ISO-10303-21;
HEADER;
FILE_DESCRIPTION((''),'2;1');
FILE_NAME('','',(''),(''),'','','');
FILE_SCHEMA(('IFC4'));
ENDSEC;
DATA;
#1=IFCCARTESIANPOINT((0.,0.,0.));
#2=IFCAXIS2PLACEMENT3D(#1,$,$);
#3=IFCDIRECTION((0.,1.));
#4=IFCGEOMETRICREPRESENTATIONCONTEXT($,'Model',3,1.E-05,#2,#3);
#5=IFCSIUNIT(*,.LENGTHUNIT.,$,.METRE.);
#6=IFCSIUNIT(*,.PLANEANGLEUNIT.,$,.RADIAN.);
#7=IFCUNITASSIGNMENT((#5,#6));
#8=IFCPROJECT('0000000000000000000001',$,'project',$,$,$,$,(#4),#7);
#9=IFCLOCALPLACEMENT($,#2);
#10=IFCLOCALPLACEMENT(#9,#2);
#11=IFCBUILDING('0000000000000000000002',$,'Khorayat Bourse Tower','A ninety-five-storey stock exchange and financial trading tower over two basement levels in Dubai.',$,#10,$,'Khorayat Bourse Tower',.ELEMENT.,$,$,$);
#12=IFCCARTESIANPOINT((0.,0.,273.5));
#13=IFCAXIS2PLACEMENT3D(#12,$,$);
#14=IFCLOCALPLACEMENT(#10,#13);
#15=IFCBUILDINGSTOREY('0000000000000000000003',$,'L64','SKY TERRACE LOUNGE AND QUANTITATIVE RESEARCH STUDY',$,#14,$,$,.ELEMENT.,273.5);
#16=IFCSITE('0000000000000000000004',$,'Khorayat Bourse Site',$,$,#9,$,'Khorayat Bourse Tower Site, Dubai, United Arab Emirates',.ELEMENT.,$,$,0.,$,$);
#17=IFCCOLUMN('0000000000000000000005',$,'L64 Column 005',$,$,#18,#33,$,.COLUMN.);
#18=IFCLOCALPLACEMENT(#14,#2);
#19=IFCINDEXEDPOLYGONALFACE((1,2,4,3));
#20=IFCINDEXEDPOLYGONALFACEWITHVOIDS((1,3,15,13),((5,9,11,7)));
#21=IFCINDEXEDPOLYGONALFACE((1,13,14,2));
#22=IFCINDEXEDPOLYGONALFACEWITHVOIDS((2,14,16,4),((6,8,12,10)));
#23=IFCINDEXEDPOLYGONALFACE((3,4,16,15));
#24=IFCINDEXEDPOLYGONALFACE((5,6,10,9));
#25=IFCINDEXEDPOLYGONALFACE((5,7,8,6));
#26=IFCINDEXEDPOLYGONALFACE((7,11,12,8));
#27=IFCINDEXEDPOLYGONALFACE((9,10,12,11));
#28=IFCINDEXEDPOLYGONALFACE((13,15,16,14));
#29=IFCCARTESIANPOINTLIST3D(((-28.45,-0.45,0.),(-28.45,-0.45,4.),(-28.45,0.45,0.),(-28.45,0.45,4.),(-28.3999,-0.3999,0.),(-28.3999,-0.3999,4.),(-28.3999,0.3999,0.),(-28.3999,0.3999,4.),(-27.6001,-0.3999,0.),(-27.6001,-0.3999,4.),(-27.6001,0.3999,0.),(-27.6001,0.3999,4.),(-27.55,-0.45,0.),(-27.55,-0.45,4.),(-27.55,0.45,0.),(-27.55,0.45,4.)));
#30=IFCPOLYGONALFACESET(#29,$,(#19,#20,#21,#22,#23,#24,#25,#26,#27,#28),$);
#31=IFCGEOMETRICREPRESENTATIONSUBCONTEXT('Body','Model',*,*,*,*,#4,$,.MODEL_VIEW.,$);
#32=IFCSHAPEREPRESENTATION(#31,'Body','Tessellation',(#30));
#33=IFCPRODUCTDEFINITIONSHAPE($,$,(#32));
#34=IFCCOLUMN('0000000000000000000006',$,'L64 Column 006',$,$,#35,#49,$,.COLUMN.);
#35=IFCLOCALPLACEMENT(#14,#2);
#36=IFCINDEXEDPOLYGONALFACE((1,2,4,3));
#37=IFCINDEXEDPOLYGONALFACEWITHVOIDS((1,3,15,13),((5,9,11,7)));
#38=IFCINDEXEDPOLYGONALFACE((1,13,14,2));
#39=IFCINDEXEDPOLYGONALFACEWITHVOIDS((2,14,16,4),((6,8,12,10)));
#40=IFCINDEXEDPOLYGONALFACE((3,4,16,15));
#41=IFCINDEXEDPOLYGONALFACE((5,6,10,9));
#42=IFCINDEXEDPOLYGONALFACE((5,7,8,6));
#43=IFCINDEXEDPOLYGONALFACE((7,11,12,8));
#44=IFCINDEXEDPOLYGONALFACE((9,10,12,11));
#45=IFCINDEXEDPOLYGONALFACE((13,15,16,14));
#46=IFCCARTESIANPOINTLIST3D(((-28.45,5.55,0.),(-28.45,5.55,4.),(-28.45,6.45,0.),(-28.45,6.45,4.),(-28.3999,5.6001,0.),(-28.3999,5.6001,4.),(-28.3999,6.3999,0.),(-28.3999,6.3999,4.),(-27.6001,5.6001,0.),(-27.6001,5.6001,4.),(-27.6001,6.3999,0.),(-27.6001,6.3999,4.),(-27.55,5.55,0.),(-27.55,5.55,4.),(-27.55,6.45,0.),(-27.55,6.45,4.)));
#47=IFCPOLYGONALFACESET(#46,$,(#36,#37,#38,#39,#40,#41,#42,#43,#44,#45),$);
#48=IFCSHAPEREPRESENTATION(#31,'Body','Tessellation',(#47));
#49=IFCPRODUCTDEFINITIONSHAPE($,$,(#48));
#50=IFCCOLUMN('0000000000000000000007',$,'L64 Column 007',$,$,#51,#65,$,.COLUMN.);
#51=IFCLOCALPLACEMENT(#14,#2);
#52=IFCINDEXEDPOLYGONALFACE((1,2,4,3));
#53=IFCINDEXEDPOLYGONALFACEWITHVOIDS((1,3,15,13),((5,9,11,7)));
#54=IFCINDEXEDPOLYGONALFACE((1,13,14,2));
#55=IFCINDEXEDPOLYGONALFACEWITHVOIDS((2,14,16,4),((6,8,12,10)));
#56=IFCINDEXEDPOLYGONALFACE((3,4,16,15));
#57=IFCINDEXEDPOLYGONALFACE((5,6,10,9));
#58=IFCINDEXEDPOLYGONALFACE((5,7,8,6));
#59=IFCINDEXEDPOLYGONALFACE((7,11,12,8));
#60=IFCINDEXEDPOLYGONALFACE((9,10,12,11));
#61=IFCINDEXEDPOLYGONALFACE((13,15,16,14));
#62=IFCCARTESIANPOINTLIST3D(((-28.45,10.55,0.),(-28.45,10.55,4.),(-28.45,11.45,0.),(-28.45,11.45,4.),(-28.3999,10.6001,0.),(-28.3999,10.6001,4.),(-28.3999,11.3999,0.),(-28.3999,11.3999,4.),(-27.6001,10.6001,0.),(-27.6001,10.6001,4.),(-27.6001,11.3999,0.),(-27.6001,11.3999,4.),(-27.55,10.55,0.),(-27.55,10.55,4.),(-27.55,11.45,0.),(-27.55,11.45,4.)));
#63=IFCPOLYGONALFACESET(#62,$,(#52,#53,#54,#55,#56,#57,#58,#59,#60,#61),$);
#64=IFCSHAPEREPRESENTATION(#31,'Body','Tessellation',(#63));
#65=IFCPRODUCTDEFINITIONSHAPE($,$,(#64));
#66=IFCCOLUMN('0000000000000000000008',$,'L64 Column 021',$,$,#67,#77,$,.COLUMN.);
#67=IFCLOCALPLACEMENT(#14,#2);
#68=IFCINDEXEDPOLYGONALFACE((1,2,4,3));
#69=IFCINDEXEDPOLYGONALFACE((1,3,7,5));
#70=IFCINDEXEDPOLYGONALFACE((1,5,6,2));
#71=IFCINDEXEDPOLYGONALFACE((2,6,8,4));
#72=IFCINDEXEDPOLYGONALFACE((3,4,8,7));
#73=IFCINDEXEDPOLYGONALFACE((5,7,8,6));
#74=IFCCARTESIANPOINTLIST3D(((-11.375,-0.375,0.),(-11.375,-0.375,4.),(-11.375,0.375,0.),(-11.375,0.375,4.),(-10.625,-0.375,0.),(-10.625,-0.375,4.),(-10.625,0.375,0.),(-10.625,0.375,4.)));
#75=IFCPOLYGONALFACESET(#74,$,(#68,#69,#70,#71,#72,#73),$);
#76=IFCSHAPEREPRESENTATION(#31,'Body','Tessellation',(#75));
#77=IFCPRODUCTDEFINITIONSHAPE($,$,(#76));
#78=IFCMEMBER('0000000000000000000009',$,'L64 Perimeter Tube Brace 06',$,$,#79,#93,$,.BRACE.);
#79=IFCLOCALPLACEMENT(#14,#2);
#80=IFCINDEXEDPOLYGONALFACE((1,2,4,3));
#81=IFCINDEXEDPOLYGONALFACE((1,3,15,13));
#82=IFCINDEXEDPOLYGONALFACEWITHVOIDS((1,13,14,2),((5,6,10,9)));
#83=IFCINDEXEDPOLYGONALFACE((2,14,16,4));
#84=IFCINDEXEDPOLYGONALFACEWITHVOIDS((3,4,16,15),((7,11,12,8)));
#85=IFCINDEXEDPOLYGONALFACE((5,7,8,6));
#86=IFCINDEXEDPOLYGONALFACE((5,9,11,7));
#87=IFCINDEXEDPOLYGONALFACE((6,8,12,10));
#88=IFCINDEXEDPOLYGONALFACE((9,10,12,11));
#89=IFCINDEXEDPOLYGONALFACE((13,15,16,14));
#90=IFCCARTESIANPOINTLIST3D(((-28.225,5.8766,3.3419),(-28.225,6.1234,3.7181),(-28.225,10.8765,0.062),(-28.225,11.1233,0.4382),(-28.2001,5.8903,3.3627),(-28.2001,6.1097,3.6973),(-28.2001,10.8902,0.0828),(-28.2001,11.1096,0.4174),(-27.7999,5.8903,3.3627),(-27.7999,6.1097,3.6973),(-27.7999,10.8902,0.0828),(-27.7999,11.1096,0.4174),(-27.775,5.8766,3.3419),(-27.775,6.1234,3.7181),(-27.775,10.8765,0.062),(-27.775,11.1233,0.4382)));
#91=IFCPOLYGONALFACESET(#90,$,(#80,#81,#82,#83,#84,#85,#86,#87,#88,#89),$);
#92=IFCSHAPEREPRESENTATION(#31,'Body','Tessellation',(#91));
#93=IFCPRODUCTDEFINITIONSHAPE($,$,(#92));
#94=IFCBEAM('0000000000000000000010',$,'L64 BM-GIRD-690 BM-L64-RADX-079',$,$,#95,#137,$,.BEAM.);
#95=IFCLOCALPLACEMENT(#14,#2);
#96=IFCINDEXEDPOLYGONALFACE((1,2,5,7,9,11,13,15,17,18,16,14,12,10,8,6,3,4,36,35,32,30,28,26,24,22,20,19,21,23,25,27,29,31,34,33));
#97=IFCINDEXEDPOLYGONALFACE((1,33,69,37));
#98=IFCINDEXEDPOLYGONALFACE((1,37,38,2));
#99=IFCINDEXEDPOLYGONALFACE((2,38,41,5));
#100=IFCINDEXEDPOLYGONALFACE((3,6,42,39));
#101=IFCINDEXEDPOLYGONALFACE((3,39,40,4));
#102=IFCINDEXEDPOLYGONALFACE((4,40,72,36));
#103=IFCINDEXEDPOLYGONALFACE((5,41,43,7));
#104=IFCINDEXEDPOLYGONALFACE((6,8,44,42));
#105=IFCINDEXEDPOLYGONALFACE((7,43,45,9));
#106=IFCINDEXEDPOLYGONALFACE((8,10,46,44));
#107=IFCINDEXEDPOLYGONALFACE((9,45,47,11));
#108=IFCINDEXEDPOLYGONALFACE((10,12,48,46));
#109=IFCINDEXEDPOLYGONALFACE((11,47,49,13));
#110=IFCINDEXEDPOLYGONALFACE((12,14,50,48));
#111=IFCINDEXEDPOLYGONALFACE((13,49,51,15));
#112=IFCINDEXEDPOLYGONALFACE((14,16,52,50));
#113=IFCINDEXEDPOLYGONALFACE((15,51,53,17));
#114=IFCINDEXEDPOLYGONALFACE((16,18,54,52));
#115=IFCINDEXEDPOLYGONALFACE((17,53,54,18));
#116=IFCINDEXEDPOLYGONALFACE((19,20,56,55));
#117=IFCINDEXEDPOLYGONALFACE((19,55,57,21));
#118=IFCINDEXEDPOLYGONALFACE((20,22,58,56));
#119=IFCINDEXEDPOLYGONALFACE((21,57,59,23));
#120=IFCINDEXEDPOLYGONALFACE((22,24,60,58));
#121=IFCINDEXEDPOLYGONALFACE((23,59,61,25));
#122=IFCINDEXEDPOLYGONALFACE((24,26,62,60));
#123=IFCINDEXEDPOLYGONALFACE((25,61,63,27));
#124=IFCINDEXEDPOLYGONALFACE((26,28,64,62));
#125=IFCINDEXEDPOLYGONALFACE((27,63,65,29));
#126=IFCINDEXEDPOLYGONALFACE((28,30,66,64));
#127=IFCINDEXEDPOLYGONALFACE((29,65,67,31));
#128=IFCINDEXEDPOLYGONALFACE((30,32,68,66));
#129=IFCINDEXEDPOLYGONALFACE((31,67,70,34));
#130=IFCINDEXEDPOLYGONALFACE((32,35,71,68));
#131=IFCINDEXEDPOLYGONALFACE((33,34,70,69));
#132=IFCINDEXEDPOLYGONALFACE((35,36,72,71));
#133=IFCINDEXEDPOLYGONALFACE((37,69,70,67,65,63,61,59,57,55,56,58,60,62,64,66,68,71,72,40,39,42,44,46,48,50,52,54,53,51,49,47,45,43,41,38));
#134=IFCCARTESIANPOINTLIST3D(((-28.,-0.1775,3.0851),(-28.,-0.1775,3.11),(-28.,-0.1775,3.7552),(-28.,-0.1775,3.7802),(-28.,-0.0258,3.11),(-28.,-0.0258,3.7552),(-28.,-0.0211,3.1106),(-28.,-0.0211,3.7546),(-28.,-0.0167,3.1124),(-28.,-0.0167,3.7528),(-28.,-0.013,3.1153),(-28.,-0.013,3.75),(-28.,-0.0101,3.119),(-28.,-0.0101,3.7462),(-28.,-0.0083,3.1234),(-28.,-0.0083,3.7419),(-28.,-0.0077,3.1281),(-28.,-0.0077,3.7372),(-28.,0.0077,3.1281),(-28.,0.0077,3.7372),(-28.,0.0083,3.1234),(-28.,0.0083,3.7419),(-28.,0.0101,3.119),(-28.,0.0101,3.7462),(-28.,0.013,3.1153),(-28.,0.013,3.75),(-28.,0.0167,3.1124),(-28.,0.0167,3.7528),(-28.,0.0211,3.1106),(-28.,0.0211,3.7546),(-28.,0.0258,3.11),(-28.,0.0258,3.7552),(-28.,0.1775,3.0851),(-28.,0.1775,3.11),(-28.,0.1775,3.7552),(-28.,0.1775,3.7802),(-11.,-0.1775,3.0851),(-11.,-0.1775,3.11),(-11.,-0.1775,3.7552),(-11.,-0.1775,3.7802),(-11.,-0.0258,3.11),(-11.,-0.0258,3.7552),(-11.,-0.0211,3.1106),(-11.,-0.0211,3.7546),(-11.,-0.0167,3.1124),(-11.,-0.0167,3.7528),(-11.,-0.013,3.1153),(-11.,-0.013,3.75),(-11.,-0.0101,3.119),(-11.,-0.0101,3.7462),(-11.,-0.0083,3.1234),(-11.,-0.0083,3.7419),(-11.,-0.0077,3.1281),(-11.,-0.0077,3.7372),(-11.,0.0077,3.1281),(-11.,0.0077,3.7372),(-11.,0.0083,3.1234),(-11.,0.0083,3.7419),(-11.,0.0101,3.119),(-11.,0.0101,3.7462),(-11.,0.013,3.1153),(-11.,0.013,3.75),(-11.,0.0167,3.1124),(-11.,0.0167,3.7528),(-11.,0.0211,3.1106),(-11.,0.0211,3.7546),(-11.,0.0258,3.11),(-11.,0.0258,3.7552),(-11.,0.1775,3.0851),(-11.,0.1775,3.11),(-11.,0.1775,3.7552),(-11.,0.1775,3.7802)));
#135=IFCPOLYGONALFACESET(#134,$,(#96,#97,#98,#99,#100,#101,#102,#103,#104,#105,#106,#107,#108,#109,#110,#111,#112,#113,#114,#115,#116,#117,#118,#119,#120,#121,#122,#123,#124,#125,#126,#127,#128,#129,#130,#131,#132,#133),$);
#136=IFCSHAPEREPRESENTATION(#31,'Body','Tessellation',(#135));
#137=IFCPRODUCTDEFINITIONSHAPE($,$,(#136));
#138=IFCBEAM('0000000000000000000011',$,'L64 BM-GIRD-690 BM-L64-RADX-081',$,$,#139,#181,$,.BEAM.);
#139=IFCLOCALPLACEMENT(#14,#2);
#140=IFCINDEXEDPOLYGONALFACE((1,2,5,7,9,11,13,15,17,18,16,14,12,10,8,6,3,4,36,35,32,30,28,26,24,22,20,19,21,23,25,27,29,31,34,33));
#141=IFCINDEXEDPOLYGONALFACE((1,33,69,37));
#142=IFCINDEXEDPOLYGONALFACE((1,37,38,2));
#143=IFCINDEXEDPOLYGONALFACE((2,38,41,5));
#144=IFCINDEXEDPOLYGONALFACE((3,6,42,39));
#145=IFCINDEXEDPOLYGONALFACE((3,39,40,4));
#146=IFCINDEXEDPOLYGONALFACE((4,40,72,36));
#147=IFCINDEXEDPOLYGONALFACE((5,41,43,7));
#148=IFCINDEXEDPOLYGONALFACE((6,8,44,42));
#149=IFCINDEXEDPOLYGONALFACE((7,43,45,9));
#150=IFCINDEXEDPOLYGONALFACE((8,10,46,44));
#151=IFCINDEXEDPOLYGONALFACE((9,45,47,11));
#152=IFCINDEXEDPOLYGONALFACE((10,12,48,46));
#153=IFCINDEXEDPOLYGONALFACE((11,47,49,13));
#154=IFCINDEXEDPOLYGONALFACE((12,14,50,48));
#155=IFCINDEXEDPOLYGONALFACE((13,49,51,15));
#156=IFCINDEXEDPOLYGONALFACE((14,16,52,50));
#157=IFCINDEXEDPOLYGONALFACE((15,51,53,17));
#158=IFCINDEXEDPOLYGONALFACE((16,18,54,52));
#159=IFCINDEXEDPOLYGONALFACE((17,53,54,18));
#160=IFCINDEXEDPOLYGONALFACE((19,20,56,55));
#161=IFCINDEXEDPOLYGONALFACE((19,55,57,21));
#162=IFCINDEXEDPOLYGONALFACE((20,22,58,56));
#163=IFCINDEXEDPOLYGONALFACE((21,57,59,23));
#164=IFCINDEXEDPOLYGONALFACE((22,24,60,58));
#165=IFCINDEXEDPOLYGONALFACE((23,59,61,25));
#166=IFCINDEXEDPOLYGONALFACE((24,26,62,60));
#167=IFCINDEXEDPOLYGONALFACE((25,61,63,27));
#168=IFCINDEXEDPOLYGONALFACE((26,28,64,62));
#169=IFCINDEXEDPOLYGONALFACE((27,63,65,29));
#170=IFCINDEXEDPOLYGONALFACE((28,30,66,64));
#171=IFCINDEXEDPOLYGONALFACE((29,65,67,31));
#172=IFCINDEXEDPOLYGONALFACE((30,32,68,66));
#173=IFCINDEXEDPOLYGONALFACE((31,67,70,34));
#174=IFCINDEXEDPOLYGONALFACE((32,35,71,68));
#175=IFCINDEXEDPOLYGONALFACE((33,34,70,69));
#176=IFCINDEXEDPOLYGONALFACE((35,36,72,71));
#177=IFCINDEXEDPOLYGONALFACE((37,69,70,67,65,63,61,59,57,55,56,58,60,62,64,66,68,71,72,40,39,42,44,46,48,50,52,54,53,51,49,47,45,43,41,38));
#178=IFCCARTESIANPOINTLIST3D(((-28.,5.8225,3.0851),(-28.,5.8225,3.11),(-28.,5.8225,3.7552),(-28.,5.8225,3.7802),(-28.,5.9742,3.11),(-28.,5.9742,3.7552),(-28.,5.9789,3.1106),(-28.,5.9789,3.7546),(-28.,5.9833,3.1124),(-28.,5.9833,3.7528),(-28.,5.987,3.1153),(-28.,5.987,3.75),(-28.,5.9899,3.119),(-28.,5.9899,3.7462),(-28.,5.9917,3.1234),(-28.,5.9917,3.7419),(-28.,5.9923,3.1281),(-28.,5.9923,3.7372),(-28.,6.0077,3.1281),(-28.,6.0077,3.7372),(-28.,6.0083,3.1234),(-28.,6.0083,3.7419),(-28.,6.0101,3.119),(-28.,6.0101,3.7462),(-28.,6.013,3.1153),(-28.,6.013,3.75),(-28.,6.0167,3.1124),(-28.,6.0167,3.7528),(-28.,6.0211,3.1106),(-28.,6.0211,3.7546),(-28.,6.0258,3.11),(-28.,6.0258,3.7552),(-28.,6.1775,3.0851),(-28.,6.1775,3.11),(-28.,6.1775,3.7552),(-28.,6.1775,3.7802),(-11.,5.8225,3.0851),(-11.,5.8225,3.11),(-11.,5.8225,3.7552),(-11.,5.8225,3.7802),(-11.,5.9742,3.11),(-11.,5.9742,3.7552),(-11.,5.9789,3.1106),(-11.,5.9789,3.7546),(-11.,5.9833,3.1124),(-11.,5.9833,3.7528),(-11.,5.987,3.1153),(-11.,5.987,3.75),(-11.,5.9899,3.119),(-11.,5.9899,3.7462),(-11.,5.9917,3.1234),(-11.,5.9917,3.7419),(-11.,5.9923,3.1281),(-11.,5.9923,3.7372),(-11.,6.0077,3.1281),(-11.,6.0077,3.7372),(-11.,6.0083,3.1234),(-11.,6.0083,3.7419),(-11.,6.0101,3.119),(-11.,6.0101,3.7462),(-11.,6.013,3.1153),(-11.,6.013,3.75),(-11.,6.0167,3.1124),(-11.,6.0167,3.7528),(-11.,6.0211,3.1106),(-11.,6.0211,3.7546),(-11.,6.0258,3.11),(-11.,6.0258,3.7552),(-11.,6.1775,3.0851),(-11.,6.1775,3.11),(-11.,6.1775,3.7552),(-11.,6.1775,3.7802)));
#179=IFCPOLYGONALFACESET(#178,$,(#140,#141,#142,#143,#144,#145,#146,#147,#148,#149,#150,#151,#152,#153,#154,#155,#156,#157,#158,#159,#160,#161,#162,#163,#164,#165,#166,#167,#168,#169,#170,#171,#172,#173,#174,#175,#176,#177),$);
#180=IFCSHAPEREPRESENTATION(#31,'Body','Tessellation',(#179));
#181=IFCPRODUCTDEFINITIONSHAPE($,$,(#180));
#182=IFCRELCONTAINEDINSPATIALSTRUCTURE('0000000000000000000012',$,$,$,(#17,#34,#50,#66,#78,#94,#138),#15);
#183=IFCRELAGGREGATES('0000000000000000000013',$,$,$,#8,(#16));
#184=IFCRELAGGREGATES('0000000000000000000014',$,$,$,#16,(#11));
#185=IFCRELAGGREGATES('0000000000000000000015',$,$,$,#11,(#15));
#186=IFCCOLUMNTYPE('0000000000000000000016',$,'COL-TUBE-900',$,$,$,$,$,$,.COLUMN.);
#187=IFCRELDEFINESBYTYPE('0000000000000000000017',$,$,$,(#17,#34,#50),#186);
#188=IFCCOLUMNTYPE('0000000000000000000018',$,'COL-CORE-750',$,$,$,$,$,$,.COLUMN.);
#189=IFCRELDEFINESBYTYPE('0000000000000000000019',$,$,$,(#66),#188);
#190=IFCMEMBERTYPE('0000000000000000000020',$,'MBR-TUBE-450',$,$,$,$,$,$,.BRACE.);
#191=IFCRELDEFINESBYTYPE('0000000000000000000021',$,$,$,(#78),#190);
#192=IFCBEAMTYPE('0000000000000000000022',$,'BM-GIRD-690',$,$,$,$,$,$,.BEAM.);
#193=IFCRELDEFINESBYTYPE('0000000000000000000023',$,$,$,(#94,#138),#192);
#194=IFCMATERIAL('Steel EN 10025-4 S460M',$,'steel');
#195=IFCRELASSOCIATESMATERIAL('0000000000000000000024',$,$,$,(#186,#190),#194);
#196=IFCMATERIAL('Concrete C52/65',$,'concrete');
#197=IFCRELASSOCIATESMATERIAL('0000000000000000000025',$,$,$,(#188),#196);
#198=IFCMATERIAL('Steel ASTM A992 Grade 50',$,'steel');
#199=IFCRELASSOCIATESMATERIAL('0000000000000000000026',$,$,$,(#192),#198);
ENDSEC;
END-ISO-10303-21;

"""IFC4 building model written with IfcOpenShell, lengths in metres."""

from ifc_helpers import new_model, si_unit, direction, frame, origin, origin_2d, place, context, subcontext, project, spatial, rectangle, hollow_rectangle, i_section, extrude, source, transform, mapped, material, material_profile, profile_set, type_object, element, save


model = new_model("IFC4")

# Units and contexts
model_context = context("Model", 3, precision=1e-05, world=origin(), true_north=direction((0.0, 1.0)))
body_context = subcontext(model_context, "Body", "Model", "MODEL_VIEW")
ifc_project = project(units=[si_unit("LENGTHUNIT", "METRE"), si_unit("PLANEANGLEUNIT", "RADIAN")], contexts=[model_context])

# Site, building, storey
site_placement = place(None, origin())
site = spatial("IfcSite", under=ifc_project, at=site_placement, Name="Khorayat Bourse Site", LongName="Khorayat Bourse Tower Site, Dubai, United Arab Emirates", CompositionType="ELEMENT", RefElevation=0.0)
building_placement = place(site_placement, origin())
building = spatial("IfcBuilding", under=site, at=building_placement, Name="Khorayat Bourse Tower", Description="A ninety-five-storey stock exchange and financial trading tower over two basement levels in Dubai.", LongName="Khorayat Bourse Tower", CompositionType="ELEMENT")
storey_placement = place(building_placement, frame((0.0, 0.0, 273.5)))
storey = spatial("IfcBuildingStorey", under=building, at=storey_placement, Name="L64", Description="SKY TERRACE LOUNGE AND QUANTITATIVE RESEARCH STUDY", CompositionType="ELEMENT", Elevation=273.5)

# Columns
ifc_material_1 = material(Name="Steel EN 10025-4 S460M", Category="steel")
ifc_material_profile_1 = material_profile(ifc_material_1, hollow_rectangle(XDim=0.8999, YDim=0.8999, WallThickness=0.05, at=origin_2d()), Name="BOX 900x900x50")
ifc_profile_set_1 = profile_set([ifc_material_profile_1], Name="Steel EN 10025-4 S460M")
column_type_1 = type_object("IfcColumnType", Name="COL-TUBE-900", PredefinedType="COLUMN", material=ifc_profile_set_1)
shared_shape_1 = source(origin(), body_context, "Body", "SweptSolid", [
    extrude(hollow_rectangle(XDim=0.8999, YDim=0.8999, WallThickness=0.05, at=origin_2d()), origin(), (0.0, 0.0, 1.0), 4.0),
])
for number, where, z_axis, x_axis, name in (
    (1, (-28.0, 0.0, 0.0), (0.0, 0.0, 1.0), (1.0, 0.0, 0.0), "L64 Column 005"),
    (2, (-28.0, 6.0, 0.0), (0.0, 0.0, 1.0), (1.0, 0.0, 0.0), "L64 Column 006"),
    (3, (-28.0, 11.0, 0.0), (0.0, 0.0, 1.0), (1.0, 0.0, 0.0), "L64 Column 007"),
):
    element("IfcColumn", number, at=place(storey_placement, frame(where, z_axis=z_axis, x_axis=x_axis)), inside=storey, type_object=column_type_1, Name=name, PredefinedType="COLUMN", context=body_context, shape_type="MappedRepresentation", body=[
        mapped(shared_shape_1, transform((0.0, 0.0, 0.0), scale=1.0)),
    ])
ifc_material_2 = material(Name="Concrete C52/65", Category="concrete")
ifc_material_profile_2 = material_profile(ifc_material_2, rectangle(XDim=0.75, YDim=0.75, at=origin_2d()), Name="RC 750x750")
ifc_profile_set_2 = profile_set([ifc_material_profile_2], Name="Concrete C52/65")
column_type_2 = type_object("IfcColumnType", Name="COL-CORE-750", PredefinedType="COLUMN", material=ifc_profile_set_2)
shared_shape_2 = source(origin(), body_context, "Body", "SweptSolid", [
    extrude(rectangle(XDim=0.75, YDim=0.75, at=origin_2d()), origin(), (0.0, 0.0, 1.0), 4.0),
])
column_placement = place(storey_placement, frame((-11.0, 0.0, 0.0), z_axis=(0.0, 0.0, 1.0), x_axis=(1.0, 0.0, 0.0)))
element("IfcColumn", 4, at=column_placement, inside=storey, type_object=column_type_2, Name="L64 Column 021", PredefinedType="COLUMN", context=body_context, shape_type="MappedRepresentation", body=[
    mapped(shared_shape_2, transform((0.0, 0.0, 0.0), scale=1.0)),
])

# Member
ifc_material_profile_3 = material_profile(ifc_material_1, hollow_rectangle(XDim=0.45, YDim=0.45, WallThickness=0.0249, at=origin_2d()), Name="HSS 450x450x25")
ifc_profile_set_3 = profile_set([ifc_material_profile_3], Name="Steel EN 10025-4 S460M")
member_type_1 = type_object("IfcMemberType", Name="MBR-TUBE-450", PredefinedType="BRACE", material=ifc_profile_set_3)
shared_shape_3 = source(origin(), body_context, "Body", "SweptSolid", [
    extrude(hollow_rectangle(XDim=0.45, YDim=0.45, WallThickness=0.0249, at=origin_2d()), origin(), (0.0, 0.0, 1.0), 5.9797),
])
member_1_placement = place(storey_placement, frame((-28.0, 6.0, 3.53), z_axis=(0.0, 0.836142, -0.548514), x_axis=(-1.0, 0.0, 0.0)))
element("IfcMember", 5, at=member_1_placement, inside=storey, type_object=member_type_1, Name="L64 Perimeter Tube Brace 06", PredefinedType="BRACE", context=body_context, shape_type="MappedRepresentation", body=[
    mapped(shared_shape_3, transform((0.0, 0.0, 0.0), scale=1.0)),
])

# Beams
ifc_material_3 = material(Name="Steel ASTM A992 Grade 50", Category="steel")
ifc_material_profile_4 = material_profile(ifc_material_3, i_section(OverallWidth=0.355, OverallDepth=0.6951, WebThickness=0.0154, FlangeThickness=0.0249, FilletRadius=0.0181, at=origin_2d()), Name="W690X217")
ifc_profile_set_4 = profile_set([ifc_material_profile_4], Name="Steel ASTM A992 Grade 50")
beam_type_1 = type_object("IfcBeamType", Name="BM-GIRD-690", PredefinedType="BEAM", material=ifc_profile_set_4)
shared_shape_4 = source(origin(), body_context, "Body", "SweptSolid", [
    extrude(i_section(OverallWidth=0.355, OverallDepth=0.6951, WebThickness=0.0154, FlangeThickness=0.0249, FilletRadius=0.0181, at=origin_2d()), origin(), (0.0, 0.0, 1.0), 17.0),
])
for number, where, z_axis, x_axis, name in (
    (6, (-28.0, 0.0, 3.4326), (1.0, 0.0, 0.0), (0.0, 1.0, 0.0), "L64 BM-GIRD-690 BM-L64-RADX-079"),
    (7, (-28.0, 6.0, 3.4326), (1.0, 0.0, 0.0), (0.0, 1.0, 0.0), "L64 BM-GIRD-690 BM-L64-RADX-081"),
):
    element("IfcBeam", number, at=place(storey_placement, frame(where, z_axis=z_axis, x_axis=x_axis)), inside=storey, type_object=beam_type_1, Name=name, PredefinedType="BEAM", context=body_context, shape_type="MappedRepresentation", body=[
        mapped(shared_shape_4, transform((0.0, 0.0, 0.0), scale=1.0)),
    ])

save(model, "model.ifc")
